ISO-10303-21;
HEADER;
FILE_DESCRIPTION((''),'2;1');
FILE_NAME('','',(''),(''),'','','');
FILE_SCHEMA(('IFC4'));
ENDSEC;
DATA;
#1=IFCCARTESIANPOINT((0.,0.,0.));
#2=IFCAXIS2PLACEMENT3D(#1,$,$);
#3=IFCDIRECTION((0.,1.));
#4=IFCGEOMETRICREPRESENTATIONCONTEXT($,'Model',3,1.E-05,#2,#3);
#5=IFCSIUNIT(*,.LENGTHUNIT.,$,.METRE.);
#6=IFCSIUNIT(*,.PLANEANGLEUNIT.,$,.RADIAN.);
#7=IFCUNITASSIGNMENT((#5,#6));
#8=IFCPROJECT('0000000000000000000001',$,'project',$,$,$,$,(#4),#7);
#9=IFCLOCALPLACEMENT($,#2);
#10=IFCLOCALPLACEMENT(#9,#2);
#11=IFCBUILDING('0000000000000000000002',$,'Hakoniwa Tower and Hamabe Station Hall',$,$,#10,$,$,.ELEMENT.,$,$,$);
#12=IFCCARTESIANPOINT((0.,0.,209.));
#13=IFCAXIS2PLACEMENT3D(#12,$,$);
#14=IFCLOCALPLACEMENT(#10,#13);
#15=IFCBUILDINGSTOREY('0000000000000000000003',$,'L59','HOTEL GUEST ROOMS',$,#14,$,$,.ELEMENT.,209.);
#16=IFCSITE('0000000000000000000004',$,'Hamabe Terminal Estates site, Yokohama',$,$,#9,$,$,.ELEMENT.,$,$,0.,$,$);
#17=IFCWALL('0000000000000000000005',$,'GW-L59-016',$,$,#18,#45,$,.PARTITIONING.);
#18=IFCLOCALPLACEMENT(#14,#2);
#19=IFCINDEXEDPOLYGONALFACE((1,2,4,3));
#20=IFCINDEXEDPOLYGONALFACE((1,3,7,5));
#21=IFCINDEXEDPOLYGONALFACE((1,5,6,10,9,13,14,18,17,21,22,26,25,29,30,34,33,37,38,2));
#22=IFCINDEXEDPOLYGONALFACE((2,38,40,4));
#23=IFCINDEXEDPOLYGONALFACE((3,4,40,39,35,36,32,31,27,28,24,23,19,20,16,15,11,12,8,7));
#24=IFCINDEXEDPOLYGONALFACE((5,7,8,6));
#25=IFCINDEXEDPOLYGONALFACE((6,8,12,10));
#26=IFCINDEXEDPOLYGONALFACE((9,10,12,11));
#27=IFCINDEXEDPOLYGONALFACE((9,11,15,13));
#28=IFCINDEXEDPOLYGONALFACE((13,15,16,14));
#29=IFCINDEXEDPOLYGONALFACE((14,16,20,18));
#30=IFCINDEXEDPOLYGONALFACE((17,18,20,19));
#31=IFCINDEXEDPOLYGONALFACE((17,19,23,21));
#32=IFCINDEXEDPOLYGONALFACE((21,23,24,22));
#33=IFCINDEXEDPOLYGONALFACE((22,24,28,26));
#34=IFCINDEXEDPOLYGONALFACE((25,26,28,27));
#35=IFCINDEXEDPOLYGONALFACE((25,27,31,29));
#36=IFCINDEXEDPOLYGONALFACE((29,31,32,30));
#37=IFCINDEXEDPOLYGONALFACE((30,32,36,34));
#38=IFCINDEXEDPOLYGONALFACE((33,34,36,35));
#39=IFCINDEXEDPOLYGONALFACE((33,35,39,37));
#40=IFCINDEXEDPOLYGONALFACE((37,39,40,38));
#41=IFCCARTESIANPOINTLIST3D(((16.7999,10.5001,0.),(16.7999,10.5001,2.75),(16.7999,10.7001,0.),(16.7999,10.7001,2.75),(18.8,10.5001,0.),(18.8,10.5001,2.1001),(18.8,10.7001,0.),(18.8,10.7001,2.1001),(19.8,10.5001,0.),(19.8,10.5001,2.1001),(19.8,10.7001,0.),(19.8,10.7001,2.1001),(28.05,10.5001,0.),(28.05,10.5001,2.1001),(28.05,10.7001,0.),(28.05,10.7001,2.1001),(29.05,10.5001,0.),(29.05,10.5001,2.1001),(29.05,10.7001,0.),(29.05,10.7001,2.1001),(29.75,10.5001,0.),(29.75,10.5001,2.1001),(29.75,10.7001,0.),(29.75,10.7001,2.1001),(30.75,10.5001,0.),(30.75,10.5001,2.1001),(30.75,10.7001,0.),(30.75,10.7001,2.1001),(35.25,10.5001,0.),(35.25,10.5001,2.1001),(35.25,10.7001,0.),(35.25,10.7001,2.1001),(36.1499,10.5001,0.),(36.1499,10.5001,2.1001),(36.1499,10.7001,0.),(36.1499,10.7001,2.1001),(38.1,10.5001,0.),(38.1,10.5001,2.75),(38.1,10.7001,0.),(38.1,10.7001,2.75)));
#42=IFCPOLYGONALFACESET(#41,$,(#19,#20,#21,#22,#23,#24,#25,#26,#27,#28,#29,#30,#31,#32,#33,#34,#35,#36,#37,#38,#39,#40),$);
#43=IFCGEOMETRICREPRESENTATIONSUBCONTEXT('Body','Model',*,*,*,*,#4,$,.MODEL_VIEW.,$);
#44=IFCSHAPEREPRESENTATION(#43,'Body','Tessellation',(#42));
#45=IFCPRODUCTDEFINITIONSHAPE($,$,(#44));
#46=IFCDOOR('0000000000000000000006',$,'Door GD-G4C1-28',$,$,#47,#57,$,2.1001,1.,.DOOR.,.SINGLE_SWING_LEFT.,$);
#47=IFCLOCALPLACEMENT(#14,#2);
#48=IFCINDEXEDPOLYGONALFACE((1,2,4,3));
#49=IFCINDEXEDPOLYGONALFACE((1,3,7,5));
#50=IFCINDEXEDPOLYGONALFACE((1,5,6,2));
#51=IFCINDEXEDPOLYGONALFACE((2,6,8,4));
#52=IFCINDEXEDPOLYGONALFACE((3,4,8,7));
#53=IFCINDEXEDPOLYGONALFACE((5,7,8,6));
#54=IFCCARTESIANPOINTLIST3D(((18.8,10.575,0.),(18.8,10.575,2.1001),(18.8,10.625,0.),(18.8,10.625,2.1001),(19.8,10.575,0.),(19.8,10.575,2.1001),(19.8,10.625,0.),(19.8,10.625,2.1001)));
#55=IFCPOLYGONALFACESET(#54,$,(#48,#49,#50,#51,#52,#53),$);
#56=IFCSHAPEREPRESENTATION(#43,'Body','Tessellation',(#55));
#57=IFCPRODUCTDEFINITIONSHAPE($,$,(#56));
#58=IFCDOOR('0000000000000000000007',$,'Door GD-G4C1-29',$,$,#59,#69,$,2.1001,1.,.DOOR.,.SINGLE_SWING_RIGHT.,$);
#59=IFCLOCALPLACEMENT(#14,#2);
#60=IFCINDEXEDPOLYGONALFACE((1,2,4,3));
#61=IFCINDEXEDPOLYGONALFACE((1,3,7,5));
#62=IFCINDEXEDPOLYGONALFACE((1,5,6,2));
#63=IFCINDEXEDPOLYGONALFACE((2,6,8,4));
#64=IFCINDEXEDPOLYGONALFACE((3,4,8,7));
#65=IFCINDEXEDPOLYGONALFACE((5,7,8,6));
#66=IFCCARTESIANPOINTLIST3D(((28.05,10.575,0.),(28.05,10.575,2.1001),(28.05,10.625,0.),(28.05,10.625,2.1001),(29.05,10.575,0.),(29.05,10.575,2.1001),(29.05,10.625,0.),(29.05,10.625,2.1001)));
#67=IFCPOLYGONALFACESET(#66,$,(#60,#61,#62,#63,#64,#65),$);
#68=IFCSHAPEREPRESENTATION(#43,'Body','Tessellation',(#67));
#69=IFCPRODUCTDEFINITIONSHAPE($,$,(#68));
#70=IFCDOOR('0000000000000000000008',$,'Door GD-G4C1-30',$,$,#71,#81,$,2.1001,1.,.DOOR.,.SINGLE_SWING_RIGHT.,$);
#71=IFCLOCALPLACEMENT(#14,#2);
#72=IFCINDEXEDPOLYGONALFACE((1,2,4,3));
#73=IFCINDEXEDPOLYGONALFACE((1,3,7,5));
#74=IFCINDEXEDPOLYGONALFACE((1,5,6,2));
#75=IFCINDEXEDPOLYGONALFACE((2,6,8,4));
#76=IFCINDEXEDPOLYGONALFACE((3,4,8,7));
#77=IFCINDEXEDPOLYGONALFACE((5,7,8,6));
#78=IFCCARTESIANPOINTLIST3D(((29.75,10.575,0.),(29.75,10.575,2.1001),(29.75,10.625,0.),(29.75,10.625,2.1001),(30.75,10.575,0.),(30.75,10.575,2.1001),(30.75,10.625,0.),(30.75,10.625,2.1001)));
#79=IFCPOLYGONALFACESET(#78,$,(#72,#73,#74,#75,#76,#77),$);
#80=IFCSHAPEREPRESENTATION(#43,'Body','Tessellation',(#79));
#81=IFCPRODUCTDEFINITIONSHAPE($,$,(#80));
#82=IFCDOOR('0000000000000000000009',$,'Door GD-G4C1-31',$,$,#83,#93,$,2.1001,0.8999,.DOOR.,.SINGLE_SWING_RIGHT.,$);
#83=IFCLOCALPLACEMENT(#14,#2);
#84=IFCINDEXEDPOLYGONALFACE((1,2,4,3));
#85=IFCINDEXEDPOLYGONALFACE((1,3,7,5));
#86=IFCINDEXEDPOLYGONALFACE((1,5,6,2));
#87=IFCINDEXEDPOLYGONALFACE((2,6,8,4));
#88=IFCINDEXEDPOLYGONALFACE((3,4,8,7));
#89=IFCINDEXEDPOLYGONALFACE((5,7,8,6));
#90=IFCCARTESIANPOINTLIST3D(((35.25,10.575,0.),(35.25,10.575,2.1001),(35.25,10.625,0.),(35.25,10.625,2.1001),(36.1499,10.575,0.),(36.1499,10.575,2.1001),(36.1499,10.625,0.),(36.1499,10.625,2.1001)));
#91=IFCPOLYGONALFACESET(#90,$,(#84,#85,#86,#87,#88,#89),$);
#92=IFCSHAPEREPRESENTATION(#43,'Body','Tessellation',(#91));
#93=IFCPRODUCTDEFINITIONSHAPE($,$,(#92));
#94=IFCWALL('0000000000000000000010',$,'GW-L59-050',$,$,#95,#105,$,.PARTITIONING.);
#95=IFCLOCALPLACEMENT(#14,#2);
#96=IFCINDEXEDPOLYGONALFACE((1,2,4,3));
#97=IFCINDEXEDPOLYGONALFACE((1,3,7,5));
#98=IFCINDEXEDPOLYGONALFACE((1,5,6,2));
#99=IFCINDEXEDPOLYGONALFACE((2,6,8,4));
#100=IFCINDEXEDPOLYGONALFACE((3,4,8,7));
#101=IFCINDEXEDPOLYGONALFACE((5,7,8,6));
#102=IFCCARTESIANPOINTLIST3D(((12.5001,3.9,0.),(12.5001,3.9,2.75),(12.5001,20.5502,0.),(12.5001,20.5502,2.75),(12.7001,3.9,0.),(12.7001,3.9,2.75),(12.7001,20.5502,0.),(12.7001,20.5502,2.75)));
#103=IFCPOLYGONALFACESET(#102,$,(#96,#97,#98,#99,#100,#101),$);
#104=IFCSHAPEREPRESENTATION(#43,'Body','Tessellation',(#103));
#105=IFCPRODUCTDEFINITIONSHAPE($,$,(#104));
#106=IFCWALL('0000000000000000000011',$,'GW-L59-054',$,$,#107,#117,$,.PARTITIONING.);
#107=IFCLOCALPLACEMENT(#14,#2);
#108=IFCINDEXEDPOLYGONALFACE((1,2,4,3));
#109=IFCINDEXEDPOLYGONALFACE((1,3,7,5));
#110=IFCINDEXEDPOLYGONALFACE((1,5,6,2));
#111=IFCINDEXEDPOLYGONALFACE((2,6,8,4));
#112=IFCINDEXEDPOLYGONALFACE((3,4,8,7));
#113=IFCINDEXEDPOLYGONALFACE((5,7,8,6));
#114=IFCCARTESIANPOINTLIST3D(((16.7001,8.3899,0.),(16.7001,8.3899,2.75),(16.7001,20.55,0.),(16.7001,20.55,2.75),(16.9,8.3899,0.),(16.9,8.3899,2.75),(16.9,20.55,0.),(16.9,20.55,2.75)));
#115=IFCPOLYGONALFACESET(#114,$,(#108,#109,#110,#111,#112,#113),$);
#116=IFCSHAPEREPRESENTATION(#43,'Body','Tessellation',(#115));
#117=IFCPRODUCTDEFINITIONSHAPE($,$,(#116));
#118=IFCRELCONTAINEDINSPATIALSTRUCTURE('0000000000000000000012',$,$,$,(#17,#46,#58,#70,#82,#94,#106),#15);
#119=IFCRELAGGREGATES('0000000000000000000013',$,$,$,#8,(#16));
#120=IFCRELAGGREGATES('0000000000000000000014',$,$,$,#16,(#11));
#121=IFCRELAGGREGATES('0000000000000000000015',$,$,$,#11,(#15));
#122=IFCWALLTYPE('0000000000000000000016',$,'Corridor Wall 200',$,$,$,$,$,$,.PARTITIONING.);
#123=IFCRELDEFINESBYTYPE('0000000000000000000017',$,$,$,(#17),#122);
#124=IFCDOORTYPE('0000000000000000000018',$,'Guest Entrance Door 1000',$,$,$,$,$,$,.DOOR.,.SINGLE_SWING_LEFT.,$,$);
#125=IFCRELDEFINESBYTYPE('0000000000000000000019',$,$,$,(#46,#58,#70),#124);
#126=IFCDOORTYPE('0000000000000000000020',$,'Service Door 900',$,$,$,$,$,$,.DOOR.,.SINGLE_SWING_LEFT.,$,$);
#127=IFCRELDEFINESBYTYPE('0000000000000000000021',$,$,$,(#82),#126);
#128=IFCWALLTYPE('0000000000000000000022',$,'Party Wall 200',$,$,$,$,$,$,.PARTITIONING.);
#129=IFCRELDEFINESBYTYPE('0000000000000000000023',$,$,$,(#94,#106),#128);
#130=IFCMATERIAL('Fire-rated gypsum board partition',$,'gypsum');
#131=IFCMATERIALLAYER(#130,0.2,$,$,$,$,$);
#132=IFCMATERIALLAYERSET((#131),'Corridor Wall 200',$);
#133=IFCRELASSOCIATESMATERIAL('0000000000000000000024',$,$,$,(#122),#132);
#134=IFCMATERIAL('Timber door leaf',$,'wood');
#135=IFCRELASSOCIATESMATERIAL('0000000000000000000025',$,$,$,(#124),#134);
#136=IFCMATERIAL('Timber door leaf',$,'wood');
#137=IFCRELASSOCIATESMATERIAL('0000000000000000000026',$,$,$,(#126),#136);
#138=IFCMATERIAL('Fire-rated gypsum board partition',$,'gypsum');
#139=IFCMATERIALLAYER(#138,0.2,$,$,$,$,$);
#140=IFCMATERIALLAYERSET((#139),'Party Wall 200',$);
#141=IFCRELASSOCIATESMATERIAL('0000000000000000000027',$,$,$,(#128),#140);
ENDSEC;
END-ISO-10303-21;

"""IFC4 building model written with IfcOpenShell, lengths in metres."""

from ifc_helpers import new_model, si_unit, direction, frame, frame_2d, origin, place, context, subcontext, project, spatial, rectangle, extrude, material, layer, layer_set, type_object, element, fill, save


model = new_model("IFC4")

# Units and contexts
model_context = context("Model", 3, precision=1e-05, world=origin(), true_north=direction((0.0, 1.0)))
body_context = subcontext(model_context, "Body", "Model", "MODEL_VIEW")
ifc_project = project(units=[si_unit("LENGTHUNIT", "METRE"), si_unit("PLANEANGLEUNIT", "RADIAN")], contexts=[model_context])

# Site, building, storey
site_placement = place(None, origin())
site = spatial("IfcSite", under=ifc_project, at=site_placement, Name="Hamabe Terminal Estates site, Yokohama", CompositionType="ELEMENT", RefElevation=0.0)
building_placement = place(site_placement, origin())
building = spatial("IfcBuilding", under=site, at=building_placement, Name="Hakoniwa Tower and Hamabe Station Hall", CompositionType="ELEMENT")
storey_placement = place(building_placement, frame((0.0, 0.0, 209.0)))
storey = spatial("IfcBuildingStorey", under=building, at=storey_placement, Name="L59", Description="HOTEL GUEST ROOMS", CompositionType="ELEMENT", Elevation=209.0)

# Wall, openings, doors
ifc_material_1 = material(Name="Fire-rated gypsum board partition", Category="gypsum")
ifc_layer_1 = layer(ifc_material_1, 0.2)
ifc_layer_set_1 = layer_set([ifc_layer_1], Name="Corridor Wall 200")
wall_type_1 = type_object("IfcWallType", Name="Corridor Wall 200", PredefinedType="PARTITIONING", material=ifc_layer_set_1)
wall_1_placement = place(storey_placement, frame((16.8, 10.6001, 0.0), z_axis=(0.0, 0.0, 1.0), x_axis=(1.0, 0.0, 0.0)))
wall_1 = element("IfcWall", 1, at=wall_1_placement, inside=storey, type_object=wall_type_1, Name="GW-L59-016", PredefinedType="PARTITIONING", context=body_context, shape_type="SweptSolid", body=[
    extrude(rectangle(XDim=21.3, YDim=0.2, at=frame_2d((10.6499, 0.0))), origin(), (0.0, 0.0, 1.0), 2.75),
])
opening_1_placement = place(wall_1_placement, frame((2.0, 0.0, 0.0)))
opening_1 = element("IfcOpeningElement", 2, at=opening_1_placement, cuts=wall_1, PredefinedType="OPENING", context=body_context, shape_type="SweptSolid", body=[
    extrude(rectangle(XDim=1.0, YDim=2.1001, at=frame_2d((0.5, 1.05))), frame((0.0, 0.1099, 0.0), z_axis=(0.0, -1.0, 0.0), x_axis=(1.0, 0.0, 0.0)), (0.0, 0.0, 1.0), 0.22),
])
opening_2_placement = place(wall_1_placement, frame((11.25, 0.0, 0.0)))
opening_2 = element("IfcOpeningElement", 3, at=opening_2_placement, cuts=wall_1, PredefinedType="OPENING", context=body_context, shape_type="SweptSolid", body=[
    extrude(rectangle(XDim=1.0, YDim=2.1001, at=frame_2d((0.5, 1.05))), frame((0.0, 0.1099, 0.0), z_axis=(0.0, -1.0, 0.0), x_axis=(1.0, 0.0, 0.0)), (0.0, 0.0, 1.0), 0.22),
])
opening_3_placement = place(wall_1_placement, frame((12.95, 0.0, 0.0)))
opening_3 = element("IfcOpeningElement", 4, at=opening_3_placement, cuts=wall_1, PredefinedType="OPENING", context=body_context, shape_type="SweptSolid", body=[
    extrude(rectangle(XDim=1.0, YDim=2.1001, at=frame_2d((0.5, 1.05))), frame((0.0, 0.1099, 0.0), z_axis=(0.0, -1.0, 0.0), x_axis=(1.0, 0.0, 0.0)), (0.0, 0.0, 1.0), 0.22),
])
opening_4_placement = place(wall_1_placement, frame((18.45, 0.0, 0.0)))
opening_4 = element("IfcOpeningElement", 5, at=opening_4_placement, cuts=wall_1, PredefinedType="OPENING", context=body_context, shape_type="SweptSolid", body=[
    extrude(rectangle(XDim=0.8999, YDim=2.1001, at=frame_2d((0.45, 1.05))), frame((0.0, 0.1099, 0.0), z_axis=(0.0, -1.0, 0.0), x_axis=(1.0, 0.0, 0.0)), (0.0, 0.0, 1.0), 0.22),
])
ifc_material_2 = material(Name="Timber door leaf", Category="wood")
door_type_1 = type_object("IfcDoorType", Name="Guest Entrance Door 1000", OperationType="SINGLE_SWING_LEFT", PredefinedType="DOOR", material=ifc_material_2)
door_1_placement = place(opening_1_placement, origin())
door_1 = element("IfcDoor", 6, at=door_1_placement, inside=storey, type_object=door_type_1, Name="Door GD-G4C1-28", OperationType="SINGLE_SWING_LEFT", OverallHeight=2.1001, OverallWidth=1.0, PredefinedType="DOOR", context=body_context, shape_type="SweptSolid", body=[
    extrude(rectangle(XDim=1.0, YDim=2.1001, at=frame_2d((0.5, 1.05))), frame((0.0, 0.0249, 0.0), z_axis=(0.0, -1.0, 0.0), x_axis=(1.0, 0.0, 0.0)), (0.0, 0.0, 1.0), 0.05),
])
fill(opening_1, door_1)
door_2_placement = place(opening_2_placement, origin())
door_2 = element("IfcDoor", 7, at=door_2_placement, inside=storey, type_object=door_type_1, Name="Door GD-G4C1-29", OperationType="SINGLE_SWING_RIGHT", OverallHeight=2.1001, OverallWidth=1.0, PredefinedType="DOOR", context=body_context, shape_type="SweptSolid", body=[
    extrude(rectangle(XDim=1.0, YDim=2.1001, at=frame_2d((0.5, 1.05))), frame((0.0, 0.0249, 0.0), z_axis=(0.0, -1.0, 0.0), x_axis=(1.0, 0.0, 0.0)), (0.0, 0.0, 1.0), 0.05),
])
fill(opening_2, door_2)
door_3_placement = place(opening_3_placement, origin())
door_3 = element("IfcDoor", 8, at=door_3_placement, inside=storey, type_object=door_type_1, Name="Door GD-G4C1-30", OperationType="SINGLE_SWING_RIGHT", OverallHeight=2.1001, OverallWidth=1.0, PredefinedType="DOOR", context=body_context, shape_type="SweptSolid", body=[
    extrude(rectangle(XDim=1.0, YDim=2.1001, at=frame_2d((0.5, 1.05))), frame((0.0, 0.0249, 0.0), z_axis=(0.0, -1.0, 0.0), x_axis=(1.0, 0.0, 0.0)), (0.0, 0.0, 1.0), 0.05),
])
fill(opening_3, door_3)
ifc_material_3 = material(Name="Timber door leaf", Category="wood")
door_type_2 = type_object("IfcDoorType", Name="Service Door 900", OperationType="SINGLE_SWING_LEFT", PredefinedType="DOOR", material=ifc_material_3)
door_4_placement = place(opening_4_placement, origin())
door_4 = element("IfcDoor", 9, at=door_4_placement, inside=storey, type_object=door_type_2, Name="Door GD-G4C1-31", OperationType="SINGLE_SWING_RIGHT", OverallHeight=2.1001, OverallWidth=0.8999, PredefinedType="DOOR", context=body_context, shape_type="SweptSolid", body=[
    extrude(rectangle(XDim=0.8999, YDim=2.1001, at=frame_2d((0.45, 1.05))), frame((0.0, 0.0249, 0.0), z_axis=(0.0, -1.0, 0.0), x_axis=(1.0, 0.0, 0.0)), (0.0, 0.0, 1.0), 0.05),
])
fill(opening_4, door_4)

# Walls
ifc_material_4 = material(Name="Fire-rated gypsum board partition", Category="gypsum")
ifc_layer_2 = layer(ifc_material_4, 0.2)
ifc_layer_set_2 = layer_set([ifc_layer_2], Name="Party Wall 200")
wall_type_2 = type_object("IfcWallType", Name="Party Wall 200", PredefinedType="PARTITIONING", material=ifc_layer_set_2)
wall_2_placement = place(storey_placement, frame((12.6001, 3.8999, 0.0), z_axis=(0.0, 0.0, 1.0), x_axis=(0.0, 1.0, 0.0)))
element("IfcWall", 10, at=wall_2_placement, inside=storey, type_object=wall_type_2, Name="GW-L59-050", PredefinedType="PARTITIONING", context=body_context, shape_type="SweptSolid", body=[
    extrude(rectangle(XDim=16.6501, YDim=0.2, at=frame_2d((8.3252, 0.0))), origin(), (0.0, 0.0, 1.0), 2.75),
])
wall_3_placement = place(storey_placement, frame((16.8, 8.3899, 0.0), z_axis=(0.0, 0.0, 1.0), x_axis=(0.0, 1.0, 0.0)))
element("IfcWall", 11, at=wall_3_placement, inside=storey, type_object=wall_type_2, Name="GW-L59-054", PredefinedType="PARTITIONING", context=body_context, shape_type="SweptSolid", body=[
    extrude(rectangle(XDim=12.1602, YDim=0.2, at=frame_2d((6.0801, 0.0))), origin(), (0.0, 0.0, 1.0), 2.75),
])

save(model, "model.ifc")
